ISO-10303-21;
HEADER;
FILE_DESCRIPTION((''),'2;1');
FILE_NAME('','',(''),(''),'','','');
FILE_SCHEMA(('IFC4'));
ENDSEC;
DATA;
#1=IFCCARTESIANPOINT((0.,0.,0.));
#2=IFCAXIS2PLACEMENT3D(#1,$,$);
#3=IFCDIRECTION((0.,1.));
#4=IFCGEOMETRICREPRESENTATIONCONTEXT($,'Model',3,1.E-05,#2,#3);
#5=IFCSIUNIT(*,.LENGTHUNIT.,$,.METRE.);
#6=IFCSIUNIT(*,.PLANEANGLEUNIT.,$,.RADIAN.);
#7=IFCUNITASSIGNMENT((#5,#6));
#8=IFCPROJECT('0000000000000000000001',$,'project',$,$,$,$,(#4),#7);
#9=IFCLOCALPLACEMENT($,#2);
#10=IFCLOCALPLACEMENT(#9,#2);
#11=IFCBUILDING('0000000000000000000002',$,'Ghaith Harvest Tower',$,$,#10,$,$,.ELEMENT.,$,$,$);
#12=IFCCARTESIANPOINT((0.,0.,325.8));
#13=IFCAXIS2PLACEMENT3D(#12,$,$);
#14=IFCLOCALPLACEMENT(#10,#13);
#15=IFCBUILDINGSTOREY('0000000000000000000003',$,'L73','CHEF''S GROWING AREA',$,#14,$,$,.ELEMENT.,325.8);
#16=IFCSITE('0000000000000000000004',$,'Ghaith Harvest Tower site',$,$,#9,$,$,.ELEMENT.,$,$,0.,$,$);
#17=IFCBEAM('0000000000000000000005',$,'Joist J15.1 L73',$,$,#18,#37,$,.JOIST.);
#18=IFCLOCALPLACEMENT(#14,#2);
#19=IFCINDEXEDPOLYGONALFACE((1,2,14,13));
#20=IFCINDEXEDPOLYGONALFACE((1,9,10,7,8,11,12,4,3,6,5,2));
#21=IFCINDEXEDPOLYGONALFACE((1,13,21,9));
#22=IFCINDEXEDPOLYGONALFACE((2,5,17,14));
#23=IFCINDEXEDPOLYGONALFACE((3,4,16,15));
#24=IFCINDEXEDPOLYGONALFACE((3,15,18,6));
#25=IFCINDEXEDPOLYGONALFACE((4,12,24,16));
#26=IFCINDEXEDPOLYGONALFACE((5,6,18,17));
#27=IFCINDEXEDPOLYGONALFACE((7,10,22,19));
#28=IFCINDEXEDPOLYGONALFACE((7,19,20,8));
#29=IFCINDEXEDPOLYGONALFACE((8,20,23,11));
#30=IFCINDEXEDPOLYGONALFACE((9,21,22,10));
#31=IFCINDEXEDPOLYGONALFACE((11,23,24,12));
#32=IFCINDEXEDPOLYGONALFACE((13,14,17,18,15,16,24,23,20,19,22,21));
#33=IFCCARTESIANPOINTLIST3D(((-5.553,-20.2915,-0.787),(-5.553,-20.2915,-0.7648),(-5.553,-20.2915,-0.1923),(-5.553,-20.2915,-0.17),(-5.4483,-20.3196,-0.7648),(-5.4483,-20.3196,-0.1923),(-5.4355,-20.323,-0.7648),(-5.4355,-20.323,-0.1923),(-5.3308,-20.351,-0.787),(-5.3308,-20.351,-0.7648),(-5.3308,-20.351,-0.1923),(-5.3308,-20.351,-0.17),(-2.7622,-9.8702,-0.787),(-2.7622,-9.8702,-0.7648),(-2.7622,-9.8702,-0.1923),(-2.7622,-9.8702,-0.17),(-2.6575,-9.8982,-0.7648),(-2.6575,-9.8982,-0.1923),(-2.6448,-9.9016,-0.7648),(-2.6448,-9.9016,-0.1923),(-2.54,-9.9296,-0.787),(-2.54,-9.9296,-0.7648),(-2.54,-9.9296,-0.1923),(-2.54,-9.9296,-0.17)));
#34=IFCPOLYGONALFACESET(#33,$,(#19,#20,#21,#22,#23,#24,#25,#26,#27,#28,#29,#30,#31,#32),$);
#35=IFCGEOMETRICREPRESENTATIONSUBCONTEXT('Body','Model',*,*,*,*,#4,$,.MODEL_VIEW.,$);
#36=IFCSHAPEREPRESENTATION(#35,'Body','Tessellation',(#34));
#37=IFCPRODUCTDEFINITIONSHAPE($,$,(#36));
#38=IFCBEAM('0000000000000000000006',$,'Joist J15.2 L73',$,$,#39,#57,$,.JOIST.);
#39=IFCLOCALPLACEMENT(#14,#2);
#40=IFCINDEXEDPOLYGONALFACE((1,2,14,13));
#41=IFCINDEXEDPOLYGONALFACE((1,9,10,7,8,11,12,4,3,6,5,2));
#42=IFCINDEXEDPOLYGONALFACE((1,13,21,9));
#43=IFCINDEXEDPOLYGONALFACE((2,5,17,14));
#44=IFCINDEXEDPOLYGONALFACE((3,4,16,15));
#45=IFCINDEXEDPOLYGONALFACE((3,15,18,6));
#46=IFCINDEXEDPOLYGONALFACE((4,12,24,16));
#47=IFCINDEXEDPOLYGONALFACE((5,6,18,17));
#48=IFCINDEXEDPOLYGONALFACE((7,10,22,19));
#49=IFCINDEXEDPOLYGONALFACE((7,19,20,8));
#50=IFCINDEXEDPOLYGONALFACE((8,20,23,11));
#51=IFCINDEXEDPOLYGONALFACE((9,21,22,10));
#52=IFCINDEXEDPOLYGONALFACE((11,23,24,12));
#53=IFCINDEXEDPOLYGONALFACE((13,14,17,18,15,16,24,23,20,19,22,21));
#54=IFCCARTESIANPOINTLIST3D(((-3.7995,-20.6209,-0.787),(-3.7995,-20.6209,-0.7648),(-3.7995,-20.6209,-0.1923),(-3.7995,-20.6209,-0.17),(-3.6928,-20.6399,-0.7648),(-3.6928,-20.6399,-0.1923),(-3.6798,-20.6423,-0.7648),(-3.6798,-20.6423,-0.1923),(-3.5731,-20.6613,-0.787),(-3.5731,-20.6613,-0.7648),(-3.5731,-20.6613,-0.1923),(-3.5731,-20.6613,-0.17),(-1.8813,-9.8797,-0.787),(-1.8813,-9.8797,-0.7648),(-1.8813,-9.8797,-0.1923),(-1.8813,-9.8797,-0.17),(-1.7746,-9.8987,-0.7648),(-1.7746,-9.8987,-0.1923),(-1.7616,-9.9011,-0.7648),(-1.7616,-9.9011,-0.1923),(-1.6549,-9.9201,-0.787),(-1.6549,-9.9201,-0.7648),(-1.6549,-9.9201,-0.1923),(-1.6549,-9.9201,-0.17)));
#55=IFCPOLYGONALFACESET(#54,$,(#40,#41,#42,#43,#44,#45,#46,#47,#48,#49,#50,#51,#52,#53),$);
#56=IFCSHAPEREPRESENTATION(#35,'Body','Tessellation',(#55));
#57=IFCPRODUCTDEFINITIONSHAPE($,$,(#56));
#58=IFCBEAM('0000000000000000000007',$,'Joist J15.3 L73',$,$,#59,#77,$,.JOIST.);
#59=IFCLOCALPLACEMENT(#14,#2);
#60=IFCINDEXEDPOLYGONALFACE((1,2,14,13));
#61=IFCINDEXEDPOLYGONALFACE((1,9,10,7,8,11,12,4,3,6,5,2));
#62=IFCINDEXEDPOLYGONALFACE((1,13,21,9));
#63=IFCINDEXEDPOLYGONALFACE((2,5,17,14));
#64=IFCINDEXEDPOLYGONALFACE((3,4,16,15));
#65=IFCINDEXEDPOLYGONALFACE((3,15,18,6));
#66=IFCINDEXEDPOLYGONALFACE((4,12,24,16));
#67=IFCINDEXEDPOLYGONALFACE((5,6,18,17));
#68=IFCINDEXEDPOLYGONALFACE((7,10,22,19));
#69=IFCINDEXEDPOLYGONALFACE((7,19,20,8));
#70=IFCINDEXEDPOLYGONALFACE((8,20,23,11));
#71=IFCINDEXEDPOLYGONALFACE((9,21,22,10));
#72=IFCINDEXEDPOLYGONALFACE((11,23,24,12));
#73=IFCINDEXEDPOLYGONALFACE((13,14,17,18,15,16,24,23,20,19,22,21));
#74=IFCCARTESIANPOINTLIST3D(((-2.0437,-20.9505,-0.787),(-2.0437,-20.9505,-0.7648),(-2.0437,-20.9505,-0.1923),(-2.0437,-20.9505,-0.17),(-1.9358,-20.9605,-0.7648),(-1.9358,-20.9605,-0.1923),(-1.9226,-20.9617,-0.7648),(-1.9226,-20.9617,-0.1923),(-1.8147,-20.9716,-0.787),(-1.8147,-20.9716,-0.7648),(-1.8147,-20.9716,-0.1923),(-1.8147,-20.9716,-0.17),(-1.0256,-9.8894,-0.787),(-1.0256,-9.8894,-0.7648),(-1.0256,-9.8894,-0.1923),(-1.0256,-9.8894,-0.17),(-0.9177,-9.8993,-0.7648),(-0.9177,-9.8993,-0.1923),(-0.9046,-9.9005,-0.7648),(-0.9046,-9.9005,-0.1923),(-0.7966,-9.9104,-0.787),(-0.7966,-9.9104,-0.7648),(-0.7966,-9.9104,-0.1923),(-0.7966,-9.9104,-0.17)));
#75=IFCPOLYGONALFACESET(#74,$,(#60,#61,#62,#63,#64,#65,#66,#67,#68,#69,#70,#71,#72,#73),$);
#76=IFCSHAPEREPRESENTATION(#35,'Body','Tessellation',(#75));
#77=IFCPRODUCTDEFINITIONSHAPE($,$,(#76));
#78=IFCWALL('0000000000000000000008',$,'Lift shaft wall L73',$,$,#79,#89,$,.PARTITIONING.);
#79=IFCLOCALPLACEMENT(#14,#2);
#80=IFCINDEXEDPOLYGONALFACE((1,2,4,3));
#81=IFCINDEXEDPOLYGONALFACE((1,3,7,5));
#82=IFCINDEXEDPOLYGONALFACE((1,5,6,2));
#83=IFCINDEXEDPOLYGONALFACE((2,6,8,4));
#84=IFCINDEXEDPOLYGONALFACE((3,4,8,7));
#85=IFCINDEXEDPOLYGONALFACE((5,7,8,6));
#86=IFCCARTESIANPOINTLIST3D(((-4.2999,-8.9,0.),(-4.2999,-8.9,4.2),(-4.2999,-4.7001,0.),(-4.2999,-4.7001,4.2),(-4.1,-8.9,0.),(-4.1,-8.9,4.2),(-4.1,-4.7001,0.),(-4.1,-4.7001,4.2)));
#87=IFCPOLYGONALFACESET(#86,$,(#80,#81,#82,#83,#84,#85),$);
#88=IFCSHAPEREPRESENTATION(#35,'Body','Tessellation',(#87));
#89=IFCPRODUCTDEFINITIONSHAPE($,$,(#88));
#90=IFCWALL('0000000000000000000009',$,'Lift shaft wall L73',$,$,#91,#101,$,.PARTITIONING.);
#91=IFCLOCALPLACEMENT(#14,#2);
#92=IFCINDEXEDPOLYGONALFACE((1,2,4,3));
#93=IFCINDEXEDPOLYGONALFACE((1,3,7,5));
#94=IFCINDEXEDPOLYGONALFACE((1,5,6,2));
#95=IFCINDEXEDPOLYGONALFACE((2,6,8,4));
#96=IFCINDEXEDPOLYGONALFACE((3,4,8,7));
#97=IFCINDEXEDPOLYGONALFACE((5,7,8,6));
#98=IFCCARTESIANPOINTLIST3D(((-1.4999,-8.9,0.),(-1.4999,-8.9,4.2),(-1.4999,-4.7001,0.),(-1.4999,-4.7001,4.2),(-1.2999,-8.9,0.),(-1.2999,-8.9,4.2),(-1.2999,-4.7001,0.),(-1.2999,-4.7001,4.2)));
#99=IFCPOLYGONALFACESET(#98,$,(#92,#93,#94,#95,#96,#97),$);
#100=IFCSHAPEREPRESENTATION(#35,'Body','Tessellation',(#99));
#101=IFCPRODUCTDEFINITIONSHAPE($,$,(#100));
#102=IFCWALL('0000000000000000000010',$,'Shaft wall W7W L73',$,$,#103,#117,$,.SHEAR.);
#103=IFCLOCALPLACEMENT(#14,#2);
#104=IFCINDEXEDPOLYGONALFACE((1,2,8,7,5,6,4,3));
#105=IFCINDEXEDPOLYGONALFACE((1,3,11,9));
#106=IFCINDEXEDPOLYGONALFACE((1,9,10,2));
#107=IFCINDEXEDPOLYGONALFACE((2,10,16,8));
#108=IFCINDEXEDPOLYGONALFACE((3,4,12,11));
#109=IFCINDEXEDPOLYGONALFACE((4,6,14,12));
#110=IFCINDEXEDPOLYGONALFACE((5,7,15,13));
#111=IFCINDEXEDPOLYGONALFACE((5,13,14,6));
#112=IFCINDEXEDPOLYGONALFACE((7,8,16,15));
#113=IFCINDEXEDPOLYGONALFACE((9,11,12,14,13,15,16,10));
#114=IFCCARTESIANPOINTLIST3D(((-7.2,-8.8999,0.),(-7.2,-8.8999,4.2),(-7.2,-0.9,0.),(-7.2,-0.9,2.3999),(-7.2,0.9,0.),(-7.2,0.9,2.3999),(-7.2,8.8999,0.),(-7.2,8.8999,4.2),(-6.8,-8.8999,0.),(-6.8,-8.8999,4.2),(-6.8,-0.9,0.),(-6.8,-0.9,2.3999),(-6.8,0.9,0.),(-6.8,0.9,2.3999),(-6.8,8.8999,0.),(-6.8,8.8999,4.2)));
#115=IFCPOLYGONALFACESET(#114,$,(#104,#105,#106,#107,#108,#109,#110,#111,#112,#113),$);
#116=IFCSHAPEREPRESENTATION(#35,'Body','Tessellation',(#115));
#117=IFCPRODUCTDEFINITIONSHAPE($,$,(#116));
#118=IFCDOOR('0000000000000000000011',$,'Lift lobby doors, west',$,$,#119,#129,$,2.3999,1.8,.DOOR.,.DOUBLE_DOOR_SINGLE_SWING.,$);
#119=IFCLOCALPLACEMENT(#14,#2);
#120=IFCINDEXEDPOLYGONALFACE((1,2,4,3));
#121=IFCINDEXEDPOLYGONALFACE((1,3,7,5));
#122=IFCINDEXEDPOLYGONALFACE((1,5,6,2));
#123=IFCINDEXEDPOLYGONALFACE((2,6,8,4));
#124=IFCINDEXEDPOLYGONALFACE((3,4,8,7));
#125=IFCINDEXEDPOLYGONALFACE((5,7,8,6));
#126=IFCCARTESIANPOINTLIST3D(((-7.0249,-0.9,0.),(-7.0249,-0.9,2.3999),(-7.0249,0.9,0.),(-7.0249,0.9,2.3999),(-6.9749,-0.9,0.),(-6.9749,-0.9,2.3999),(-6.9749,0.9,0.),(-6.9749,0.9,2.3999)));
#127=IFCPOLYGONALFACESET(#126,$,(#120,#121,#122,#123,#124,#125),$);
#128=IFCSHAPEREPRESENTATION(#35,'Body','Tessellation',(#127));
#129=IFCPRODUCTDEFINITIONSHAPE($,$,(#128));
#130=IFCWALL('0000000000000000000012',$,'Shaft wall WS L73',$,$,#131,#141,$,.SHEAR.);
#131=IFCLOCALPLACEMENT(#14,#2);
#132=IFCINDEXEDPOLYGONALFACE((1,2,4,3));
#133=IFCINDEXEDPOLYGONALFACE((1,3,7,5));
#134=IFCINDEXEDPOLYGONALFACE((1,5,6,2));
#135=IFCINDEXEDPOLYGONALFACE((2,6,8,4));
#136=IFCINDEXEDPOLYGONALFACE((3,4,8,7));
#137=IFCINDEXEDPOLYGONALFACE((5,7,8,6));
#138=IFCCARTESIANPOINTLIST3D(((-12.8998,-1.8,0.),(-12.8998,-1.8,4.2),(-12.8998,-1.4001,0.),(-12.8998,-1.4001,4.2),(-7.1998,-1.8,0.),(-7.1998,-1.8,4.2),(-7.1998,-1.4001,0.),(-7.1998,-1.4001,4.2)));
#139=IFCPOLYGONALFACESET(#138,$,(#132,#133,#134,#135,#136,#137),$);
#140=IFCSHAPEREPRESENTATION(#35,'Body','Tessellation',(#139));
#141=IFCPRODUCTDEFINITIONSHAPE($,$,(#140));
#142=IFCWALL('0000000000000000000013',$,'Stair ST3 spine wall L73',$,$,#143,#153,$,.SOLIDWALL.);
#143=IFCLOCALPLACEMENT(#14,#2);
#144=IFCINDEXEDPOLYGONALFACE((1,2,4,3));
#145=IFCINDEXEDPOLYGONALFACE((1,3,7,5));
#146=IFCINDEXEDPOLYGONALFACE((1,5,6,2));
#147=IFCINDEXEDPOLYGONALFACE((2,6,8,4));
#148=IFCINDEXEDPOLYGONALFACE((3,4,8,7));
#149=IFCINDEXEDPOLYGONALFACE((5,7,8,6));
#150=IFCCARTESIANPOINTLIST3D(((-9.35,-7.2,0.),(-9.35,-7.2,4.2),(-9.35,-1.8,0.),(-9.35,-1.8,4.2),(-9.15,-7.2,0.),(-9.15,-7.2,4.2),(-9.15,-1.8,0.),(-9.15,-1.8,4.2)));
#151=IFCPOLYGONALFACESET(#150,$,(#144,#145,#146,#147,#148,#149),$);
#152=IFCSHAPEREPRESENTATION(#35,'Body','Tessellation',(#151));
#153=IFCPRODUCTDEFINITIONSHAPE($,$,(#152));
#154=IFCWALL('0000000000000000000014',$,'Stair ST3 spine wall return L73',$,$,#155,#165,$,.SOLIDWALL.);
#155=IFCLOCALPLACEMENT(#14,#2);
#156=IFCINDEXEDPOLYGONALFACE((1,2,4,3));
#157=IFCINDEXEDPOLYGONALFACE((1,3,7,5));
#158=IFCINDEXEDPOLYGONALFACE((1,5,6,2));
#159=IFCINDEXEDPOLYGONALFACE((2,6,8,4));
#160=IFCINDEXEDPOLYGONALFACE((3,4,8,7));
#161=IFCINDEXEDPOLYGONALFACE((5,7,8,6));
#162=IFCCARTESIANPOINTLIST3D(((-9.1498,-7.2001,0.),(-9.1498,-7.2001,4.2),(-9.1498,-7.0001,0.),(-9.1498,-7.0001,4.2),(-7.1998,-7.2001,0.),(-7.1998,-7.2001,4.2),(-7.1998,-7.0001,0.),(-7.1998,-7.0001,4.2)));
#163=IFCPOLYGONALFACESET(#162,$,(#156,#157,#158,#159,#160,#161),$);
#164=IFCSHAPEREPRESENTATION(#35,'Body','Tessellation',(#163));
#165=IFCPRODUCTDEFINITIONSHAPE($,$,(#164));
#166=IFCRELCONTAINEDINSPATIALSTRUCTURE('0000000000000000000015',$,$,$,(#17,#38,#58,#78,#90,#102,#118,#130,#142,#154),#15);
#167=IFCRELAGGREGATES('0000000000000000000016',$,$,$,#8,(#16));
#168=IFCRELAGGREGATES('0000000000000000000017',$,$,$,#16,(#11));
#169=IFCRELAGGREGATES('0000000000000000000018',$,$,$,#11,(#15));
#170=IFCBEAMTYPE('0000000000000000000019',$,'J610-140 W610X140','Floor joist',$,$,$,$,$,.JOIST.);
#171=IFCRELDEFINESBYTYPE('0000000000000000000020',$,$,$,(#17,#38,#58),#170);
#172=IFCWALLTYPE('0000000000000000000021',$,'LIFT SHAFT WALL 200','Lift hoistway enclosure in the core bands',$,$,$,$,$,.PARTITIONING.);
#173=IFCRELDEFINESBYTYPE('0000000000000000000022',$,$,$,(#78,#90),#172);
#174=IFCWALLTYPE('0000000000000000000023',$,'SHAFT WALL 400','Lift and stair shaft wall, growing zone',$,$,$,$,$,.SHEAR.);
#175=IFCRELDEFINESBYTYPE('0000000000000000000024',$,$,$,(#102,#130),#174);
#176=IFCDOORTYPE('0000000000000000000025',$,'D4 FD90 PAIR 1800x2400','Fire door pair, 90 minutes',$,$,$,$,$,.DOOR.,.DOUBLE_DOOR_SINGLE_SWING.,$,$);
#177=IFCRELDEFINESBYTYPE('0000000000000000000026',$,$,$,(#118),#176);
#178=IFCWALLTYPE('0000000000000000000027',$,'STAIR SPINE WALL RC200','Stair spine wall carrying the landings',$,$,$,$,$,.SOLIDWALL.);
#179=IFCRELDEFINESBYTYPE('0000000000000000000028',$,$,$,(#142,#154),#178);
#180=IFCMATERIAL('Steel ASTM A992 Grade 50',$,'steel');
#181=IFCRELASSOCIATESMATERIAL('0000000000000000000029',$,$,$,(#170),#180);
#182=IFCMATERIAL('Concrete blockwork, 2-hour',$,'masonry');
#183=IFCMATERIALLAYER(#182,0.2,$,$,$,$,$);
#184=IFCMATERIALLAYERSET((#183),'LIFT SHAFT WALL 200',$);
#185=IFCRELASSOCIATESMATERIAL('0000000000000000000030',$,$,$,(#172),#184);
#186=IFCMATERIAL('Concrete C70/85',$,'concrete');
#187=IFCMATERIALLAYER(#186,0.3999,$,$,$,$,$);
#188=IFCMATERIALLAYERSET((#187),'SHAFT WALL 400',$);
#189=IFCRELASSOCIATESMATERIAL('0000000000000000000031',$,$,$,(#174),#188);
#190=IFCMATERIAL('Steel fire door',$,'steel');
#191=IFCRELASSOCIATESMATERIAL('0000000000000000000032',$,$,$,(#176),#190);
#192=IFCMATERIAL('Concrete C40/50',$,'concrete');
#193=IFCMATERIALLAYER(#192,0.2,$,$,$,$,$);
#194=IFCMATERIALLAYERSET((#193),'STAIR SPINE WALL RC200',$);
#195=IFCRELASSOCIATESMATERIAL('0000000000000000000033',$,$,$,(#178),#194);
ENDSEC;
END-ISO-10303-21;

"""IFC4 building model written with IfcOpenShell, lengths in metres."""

from ifc_helpers import new_model, si_unit, direction, frame, frame_2d, origin, origin_2d, place, context, subcontext, project, spatial, rectangle, i_section, extrude, material, layer, layer_set, material_profile, profile_set, type_object, element, fill, save


model = new_model("IFC4")

# Units and contexts
model_context = context("Model", 3, precision=1e-05, world=origin(), true_north=direction((0.0, 1.0)))
body_context = subcontext(model_context, "Body", "Model", "MODEL_VIEW")
ifc_project = project(units=[si_unit("LENGTHUNIT", "METRE"), si_unit("PLANEANGLEUNIT", "RADIAN")], contexts=[model_context])

# Site, building, storey
site_placement = place(None, origin())
site = spatial("IfcSite", under=ifc_project, at=site_placement, Name="Ghaith Harvest Tower site", CompositionType="ELEMENT", RefElevation=0.0)
building_placement = place(site_placement, origin())
building = spatial("IfcBuilding", under=site, at=building_placement, Name="Ghaith Harvest Tower", CompositionType="ELEMENT")
storey_placement = place(building_placement, frame((0.0, 0.0, 325.8)))
storey = spatial("IfcBuildingStorey", under=building, at=storey_placement, Name="L73", Description="CHEF'S GROWING AREA", CompositionType="ELEMENT", Elevation=325.8)

# Beams
ifc_material_1 = material(Name="Steel ASTM A992 Grade 50", Category="steel")
ifc_material_profile_1 = material_profile(ifc_material_1, i_section(OverallWidth=0.23, OverallDepth=0.6169, WebThickness=0.0132, FlangeThickness=0.0222, at=origin_2d()), Name="W610X140")
ifc_profile_set_1 = profile_set([ifc_material_profile_1], Name="Steel ASTM A992 Grade 50")
beam_type_1 = type_object("IfcBeamType", Name="J610-140 W610X140", Description="Floor joist", PredefinedType="JOIST", material=ifc_profile_set_1)
beam_1_placement = place(storey_placement, frame((-2.6511, -9.8999, -0.4785), z_axis=(-0.258678, -0.965964, 0.0), x_axis=(0.965964, -0.258678, 0.0)))
element("IfcBeam", 1, at=beam_1_placement, inside=storey, type_object=beam_type_1, Name="Joist J15.1 L73", PredefinedType="JOIST", context=body_context, shape_type="SweptSolid", body=[
    extrude(i_section(OverallWidth=0.23, OverallDepth=0.6169, WebThickness=0.0132, FlangeThickness=0.0222, at=origin_2d()), origin(), (0.0, 0.0, 1.0), 10.7886),
])
beam_2_placement = place(storey_placement, frame((-1.7681, -9.8999, -0.4785), z_axis=(-0.175803, -0.984425, 0.0), x_axis=(0.984425, -0.175803, 0.0)))
element("IfcBeam", 2, at=beam_2_placement, inside=storey, type_object=beam_type_1, Name="Joist J15.2 L73", PredefinedType="JOIST", context=body_context, shape_type="SweptSolid", body=[
    extrude(i_section(OverallWidth=0.23, OverallDepth=0.6169, WebThickness=0.0132, FlangeThickness=0.0222, at=origin_2d()), origin(), (0.0, 0.0, 1.0), 10.9111),
])
beam_3_placement = place(storey_placement, frame((-0.9111, -9.8999, -0.4785), z_axis=(-0.091651, -0.995791, 0.0), x_axis=(0.995791, -0.091651, 0.0)))
element("IfcBeam", 3, at=beam_3_placement, inside=storey, type_object=beam_type_1, Name="Joist J15.3 L73", PredefinedType="JOIST", context=body_context, shape_type="SweptSolid", body=[
    extrude(i_section(OverallWidth=0.23, OverallDepth=0.6169, WebThickness=0.0132, FlangeThickness=0.0222, at=origin_2d()), origin(), (0.0, 0.0, 1.0), 11.1079),
])

# Walls
ifc_material_2 = material(Name="Concrete blockwork, 2-hour", Category="masonry")
ifc_layer_1 = layer(ifc_material_2, 0.2)
ifc_layer_set_1 = layer_set([ifc_layer_1], Name="LIFT SHAFT WALL 200")
wall_type_1 = type_object("IfcWallType", Name="LIFT SHAFT WALL 200", Description="Lift hoistway enclosure in the core bands", PredefinedType="PARTITIONING", material=ifc_layer_set_1)
for number, where, z_axis, x_axis, name in (
    (4, (-4.2, -4.7, 0.0), (0.0, 0.0, 1.0), (0.0, -1.0, 0.0), "Lift shaft wall L73"),
    (5, (-1.3999, -4.7, 0.0), (0.0, 0.0, 1.0), (0.0, -1.0, 0.0), "Lift shaft wall L73"),
):
    element("IfcWall", number, at=place(storey_placement, frame(where, z_axis=z_axis, x_axis=x_axis)), inside=storey, type_object=wall_type_1, Name=name, PredefinedType="PARTITIONING", context=body_context, shape_type="SweptSolid", body=[
        extrude(rectangle(XDim=4.2, YDim=0.2, at=frame_2d((2.1001, 0.0))), origin(), (0.0, 0.0, 1.0), 4.2),
    ])

# Wall, opening, door
ifc_material_3 = material(Name="Concrete C70/85", Category="concrete")
ifc_layer_2 = layer(ifc_material_3, 0.3999)
ifc_layer_set_2 = layer_set([ifc_layer_2], Name="SHAFT WALL 400")
wall_type_2 = type_object("IfcWallType", Name="SHAFT WALL 400", Description="Lift and stair shaft wall, growing zone", PredefinedType="SHEAR", material=ifc_layer_set_2)
wall_1_placement = place(storey_placement, frame((-7.0, -8.8999, 0.0), z_axis=(0.0, 0.0, 1.0), x_axis=(0.0, 1.0, 0.0)))
wall_1 = element("IfcWall", 6, at=wall_1_placement, inside=storey, type_object=wall_type_2, Name="Shaft wall W7W L73", PredefinedType="SHEAR", context=body_context, shape_type="SweptSolid", body=[
    extrude(rectangle(XDim=17.7998, YDim=0.3999, at=frame_2d((8.8999, 0.0))), origin(), (0.0, 0.0, 1.0), 4.2),
])
opening_1_placement = place(wall_1_placement, frame((8.0, 0.0, 0.0)))
opening_1 = element("IfcOpeningElement", 7, at=opening_1_placement, cuts=wall_1, PredefinedType="OPENING", context=body_context, shape_type="SweptSolid", body=[
    extrude(rectangle(XDim=1.8, YDim=2.3999, at=frame_2d((0.8999, 1.2))), frame((0.0, 0.21, 0.0), z_axis=(0.0, -1.0, 0.0), x_axis=(1.0, 0.0, 0.0)), (0.0, 0.0, 1.0), 0.4199),
])
ifc_material_4 = material(Name="Steel fire door", Category="steel")
door_type_1 = type_object("IfcDoorType", Name="D4 FD90 PAIR 1800x2400", Description="Fire door pair, 90 minutes", OperationType="DOUBLE_DOOR_SINGLE_SWING", PredefinedType="DOOR", material=ifc_material_4)
door_1_placement = place(opening_1_placement, origin())
door_1 = element("IfcDoor", 8, at=door_1_placement, inside=storey, type_object=door_type_1, Name="Lift lobby doors, west", OperationType="DOUBLE_DOOR_SINGLE_SWING", OverallHeight=2.3999, OverallWidth=1.8, PredefinedType="DOOR", context=body_context, shape_type="SweptSolid", body=[
    extrude(rectangle(XDim=1.8, YDim=2.3999, at=frame_2d((0.8999, 1.2))), frame((0.0, 0.0249, 0.0), z_axis=(0.0, -1.0, 0.0), x_axis=(1.0, 0.0, 0.0)), (0.0, 0.0, 1.0), 0.05),
])
fill(opening_1, door_1)

# Walls
wall_2_placement = place(storey_placement, frame((-12.8999, -1.6001, 0.0), z_axis=(0.0, 0.0, 1.0), x_axis=(1.0, 0.0, 0.0)))
element("IfcWall", 9, at=wall_2_placement, inside=storey, type_object=wall_type_2, Name="Shaft wall WS L73", PredefinedType="SHEAR", context=body_context, shape_type="SweptSolid", body=[
    extrude(rectangle(XDim=5.7, YDim=0.3999, at=frame_2d((2.8501, 0.0))), origin(), (0.0, 0.0, 1.0), 4.2),
])
ifc_material_5 = material(Name="Concrete C40/50", Category="concrete")
ifc_layer_3 = layer(ifc_material_5, 0.2)
ifc_layer_set_3 = layer_set([ifc_layer_3], Name="STAIR SPINE WALL RC200")
wall_type_3 = type_object("IfcWallType", Name="STAIR SPINE WALL RC200", Description="Stair spine wall carrying the landings", PredefinedType="SOLIDWALL", material=ifc_layer_set_3)
wall_3_placement = place(storey_placement, frame((-9.25, -7.2, 0.0), z_axis=(0.0, 0.0, 1.0), x_axis=(0.0, 1.0, 0.0)))
element("IfcWall", 10, at=wall_3_placement, inside=storey, type_object=wall_type_3, Name="Stair ST3 spine wall L73", PredefinedType="SOLIDWALL", context=body_context, shape_type="SweptSolid", body=[
    extrude(rectangle(XDim=5.3999, YDim=0.2, at=frame_2d((2.7, 0.0))), origin(), (0.0, 0.0, 1.0), 4.2),
])
wall_4_placement = place(storey_placement, frame((-9.1499, -7.1001, 0.0), z_axis=(0.0, 0.0, 1.0), x_axis=(1.0, 0.0, 0.0)))
element("IfcWall", 11, at=wall_4_placement, inside=storey, type_object=wall_type_3, Name="Stair ST3 spine wall return L73", PredefinedType="SOLIDWALL", context=body_context, shape_type="SweptSolid", body=[
    extrude(rectangle(XDim=1.95, YDim=0.2, at=frame_2d((0.9751, 0.0))), origin(), (0.0, 0.0, 1.0), 4.2),
])

save(model, "model.ifc")
